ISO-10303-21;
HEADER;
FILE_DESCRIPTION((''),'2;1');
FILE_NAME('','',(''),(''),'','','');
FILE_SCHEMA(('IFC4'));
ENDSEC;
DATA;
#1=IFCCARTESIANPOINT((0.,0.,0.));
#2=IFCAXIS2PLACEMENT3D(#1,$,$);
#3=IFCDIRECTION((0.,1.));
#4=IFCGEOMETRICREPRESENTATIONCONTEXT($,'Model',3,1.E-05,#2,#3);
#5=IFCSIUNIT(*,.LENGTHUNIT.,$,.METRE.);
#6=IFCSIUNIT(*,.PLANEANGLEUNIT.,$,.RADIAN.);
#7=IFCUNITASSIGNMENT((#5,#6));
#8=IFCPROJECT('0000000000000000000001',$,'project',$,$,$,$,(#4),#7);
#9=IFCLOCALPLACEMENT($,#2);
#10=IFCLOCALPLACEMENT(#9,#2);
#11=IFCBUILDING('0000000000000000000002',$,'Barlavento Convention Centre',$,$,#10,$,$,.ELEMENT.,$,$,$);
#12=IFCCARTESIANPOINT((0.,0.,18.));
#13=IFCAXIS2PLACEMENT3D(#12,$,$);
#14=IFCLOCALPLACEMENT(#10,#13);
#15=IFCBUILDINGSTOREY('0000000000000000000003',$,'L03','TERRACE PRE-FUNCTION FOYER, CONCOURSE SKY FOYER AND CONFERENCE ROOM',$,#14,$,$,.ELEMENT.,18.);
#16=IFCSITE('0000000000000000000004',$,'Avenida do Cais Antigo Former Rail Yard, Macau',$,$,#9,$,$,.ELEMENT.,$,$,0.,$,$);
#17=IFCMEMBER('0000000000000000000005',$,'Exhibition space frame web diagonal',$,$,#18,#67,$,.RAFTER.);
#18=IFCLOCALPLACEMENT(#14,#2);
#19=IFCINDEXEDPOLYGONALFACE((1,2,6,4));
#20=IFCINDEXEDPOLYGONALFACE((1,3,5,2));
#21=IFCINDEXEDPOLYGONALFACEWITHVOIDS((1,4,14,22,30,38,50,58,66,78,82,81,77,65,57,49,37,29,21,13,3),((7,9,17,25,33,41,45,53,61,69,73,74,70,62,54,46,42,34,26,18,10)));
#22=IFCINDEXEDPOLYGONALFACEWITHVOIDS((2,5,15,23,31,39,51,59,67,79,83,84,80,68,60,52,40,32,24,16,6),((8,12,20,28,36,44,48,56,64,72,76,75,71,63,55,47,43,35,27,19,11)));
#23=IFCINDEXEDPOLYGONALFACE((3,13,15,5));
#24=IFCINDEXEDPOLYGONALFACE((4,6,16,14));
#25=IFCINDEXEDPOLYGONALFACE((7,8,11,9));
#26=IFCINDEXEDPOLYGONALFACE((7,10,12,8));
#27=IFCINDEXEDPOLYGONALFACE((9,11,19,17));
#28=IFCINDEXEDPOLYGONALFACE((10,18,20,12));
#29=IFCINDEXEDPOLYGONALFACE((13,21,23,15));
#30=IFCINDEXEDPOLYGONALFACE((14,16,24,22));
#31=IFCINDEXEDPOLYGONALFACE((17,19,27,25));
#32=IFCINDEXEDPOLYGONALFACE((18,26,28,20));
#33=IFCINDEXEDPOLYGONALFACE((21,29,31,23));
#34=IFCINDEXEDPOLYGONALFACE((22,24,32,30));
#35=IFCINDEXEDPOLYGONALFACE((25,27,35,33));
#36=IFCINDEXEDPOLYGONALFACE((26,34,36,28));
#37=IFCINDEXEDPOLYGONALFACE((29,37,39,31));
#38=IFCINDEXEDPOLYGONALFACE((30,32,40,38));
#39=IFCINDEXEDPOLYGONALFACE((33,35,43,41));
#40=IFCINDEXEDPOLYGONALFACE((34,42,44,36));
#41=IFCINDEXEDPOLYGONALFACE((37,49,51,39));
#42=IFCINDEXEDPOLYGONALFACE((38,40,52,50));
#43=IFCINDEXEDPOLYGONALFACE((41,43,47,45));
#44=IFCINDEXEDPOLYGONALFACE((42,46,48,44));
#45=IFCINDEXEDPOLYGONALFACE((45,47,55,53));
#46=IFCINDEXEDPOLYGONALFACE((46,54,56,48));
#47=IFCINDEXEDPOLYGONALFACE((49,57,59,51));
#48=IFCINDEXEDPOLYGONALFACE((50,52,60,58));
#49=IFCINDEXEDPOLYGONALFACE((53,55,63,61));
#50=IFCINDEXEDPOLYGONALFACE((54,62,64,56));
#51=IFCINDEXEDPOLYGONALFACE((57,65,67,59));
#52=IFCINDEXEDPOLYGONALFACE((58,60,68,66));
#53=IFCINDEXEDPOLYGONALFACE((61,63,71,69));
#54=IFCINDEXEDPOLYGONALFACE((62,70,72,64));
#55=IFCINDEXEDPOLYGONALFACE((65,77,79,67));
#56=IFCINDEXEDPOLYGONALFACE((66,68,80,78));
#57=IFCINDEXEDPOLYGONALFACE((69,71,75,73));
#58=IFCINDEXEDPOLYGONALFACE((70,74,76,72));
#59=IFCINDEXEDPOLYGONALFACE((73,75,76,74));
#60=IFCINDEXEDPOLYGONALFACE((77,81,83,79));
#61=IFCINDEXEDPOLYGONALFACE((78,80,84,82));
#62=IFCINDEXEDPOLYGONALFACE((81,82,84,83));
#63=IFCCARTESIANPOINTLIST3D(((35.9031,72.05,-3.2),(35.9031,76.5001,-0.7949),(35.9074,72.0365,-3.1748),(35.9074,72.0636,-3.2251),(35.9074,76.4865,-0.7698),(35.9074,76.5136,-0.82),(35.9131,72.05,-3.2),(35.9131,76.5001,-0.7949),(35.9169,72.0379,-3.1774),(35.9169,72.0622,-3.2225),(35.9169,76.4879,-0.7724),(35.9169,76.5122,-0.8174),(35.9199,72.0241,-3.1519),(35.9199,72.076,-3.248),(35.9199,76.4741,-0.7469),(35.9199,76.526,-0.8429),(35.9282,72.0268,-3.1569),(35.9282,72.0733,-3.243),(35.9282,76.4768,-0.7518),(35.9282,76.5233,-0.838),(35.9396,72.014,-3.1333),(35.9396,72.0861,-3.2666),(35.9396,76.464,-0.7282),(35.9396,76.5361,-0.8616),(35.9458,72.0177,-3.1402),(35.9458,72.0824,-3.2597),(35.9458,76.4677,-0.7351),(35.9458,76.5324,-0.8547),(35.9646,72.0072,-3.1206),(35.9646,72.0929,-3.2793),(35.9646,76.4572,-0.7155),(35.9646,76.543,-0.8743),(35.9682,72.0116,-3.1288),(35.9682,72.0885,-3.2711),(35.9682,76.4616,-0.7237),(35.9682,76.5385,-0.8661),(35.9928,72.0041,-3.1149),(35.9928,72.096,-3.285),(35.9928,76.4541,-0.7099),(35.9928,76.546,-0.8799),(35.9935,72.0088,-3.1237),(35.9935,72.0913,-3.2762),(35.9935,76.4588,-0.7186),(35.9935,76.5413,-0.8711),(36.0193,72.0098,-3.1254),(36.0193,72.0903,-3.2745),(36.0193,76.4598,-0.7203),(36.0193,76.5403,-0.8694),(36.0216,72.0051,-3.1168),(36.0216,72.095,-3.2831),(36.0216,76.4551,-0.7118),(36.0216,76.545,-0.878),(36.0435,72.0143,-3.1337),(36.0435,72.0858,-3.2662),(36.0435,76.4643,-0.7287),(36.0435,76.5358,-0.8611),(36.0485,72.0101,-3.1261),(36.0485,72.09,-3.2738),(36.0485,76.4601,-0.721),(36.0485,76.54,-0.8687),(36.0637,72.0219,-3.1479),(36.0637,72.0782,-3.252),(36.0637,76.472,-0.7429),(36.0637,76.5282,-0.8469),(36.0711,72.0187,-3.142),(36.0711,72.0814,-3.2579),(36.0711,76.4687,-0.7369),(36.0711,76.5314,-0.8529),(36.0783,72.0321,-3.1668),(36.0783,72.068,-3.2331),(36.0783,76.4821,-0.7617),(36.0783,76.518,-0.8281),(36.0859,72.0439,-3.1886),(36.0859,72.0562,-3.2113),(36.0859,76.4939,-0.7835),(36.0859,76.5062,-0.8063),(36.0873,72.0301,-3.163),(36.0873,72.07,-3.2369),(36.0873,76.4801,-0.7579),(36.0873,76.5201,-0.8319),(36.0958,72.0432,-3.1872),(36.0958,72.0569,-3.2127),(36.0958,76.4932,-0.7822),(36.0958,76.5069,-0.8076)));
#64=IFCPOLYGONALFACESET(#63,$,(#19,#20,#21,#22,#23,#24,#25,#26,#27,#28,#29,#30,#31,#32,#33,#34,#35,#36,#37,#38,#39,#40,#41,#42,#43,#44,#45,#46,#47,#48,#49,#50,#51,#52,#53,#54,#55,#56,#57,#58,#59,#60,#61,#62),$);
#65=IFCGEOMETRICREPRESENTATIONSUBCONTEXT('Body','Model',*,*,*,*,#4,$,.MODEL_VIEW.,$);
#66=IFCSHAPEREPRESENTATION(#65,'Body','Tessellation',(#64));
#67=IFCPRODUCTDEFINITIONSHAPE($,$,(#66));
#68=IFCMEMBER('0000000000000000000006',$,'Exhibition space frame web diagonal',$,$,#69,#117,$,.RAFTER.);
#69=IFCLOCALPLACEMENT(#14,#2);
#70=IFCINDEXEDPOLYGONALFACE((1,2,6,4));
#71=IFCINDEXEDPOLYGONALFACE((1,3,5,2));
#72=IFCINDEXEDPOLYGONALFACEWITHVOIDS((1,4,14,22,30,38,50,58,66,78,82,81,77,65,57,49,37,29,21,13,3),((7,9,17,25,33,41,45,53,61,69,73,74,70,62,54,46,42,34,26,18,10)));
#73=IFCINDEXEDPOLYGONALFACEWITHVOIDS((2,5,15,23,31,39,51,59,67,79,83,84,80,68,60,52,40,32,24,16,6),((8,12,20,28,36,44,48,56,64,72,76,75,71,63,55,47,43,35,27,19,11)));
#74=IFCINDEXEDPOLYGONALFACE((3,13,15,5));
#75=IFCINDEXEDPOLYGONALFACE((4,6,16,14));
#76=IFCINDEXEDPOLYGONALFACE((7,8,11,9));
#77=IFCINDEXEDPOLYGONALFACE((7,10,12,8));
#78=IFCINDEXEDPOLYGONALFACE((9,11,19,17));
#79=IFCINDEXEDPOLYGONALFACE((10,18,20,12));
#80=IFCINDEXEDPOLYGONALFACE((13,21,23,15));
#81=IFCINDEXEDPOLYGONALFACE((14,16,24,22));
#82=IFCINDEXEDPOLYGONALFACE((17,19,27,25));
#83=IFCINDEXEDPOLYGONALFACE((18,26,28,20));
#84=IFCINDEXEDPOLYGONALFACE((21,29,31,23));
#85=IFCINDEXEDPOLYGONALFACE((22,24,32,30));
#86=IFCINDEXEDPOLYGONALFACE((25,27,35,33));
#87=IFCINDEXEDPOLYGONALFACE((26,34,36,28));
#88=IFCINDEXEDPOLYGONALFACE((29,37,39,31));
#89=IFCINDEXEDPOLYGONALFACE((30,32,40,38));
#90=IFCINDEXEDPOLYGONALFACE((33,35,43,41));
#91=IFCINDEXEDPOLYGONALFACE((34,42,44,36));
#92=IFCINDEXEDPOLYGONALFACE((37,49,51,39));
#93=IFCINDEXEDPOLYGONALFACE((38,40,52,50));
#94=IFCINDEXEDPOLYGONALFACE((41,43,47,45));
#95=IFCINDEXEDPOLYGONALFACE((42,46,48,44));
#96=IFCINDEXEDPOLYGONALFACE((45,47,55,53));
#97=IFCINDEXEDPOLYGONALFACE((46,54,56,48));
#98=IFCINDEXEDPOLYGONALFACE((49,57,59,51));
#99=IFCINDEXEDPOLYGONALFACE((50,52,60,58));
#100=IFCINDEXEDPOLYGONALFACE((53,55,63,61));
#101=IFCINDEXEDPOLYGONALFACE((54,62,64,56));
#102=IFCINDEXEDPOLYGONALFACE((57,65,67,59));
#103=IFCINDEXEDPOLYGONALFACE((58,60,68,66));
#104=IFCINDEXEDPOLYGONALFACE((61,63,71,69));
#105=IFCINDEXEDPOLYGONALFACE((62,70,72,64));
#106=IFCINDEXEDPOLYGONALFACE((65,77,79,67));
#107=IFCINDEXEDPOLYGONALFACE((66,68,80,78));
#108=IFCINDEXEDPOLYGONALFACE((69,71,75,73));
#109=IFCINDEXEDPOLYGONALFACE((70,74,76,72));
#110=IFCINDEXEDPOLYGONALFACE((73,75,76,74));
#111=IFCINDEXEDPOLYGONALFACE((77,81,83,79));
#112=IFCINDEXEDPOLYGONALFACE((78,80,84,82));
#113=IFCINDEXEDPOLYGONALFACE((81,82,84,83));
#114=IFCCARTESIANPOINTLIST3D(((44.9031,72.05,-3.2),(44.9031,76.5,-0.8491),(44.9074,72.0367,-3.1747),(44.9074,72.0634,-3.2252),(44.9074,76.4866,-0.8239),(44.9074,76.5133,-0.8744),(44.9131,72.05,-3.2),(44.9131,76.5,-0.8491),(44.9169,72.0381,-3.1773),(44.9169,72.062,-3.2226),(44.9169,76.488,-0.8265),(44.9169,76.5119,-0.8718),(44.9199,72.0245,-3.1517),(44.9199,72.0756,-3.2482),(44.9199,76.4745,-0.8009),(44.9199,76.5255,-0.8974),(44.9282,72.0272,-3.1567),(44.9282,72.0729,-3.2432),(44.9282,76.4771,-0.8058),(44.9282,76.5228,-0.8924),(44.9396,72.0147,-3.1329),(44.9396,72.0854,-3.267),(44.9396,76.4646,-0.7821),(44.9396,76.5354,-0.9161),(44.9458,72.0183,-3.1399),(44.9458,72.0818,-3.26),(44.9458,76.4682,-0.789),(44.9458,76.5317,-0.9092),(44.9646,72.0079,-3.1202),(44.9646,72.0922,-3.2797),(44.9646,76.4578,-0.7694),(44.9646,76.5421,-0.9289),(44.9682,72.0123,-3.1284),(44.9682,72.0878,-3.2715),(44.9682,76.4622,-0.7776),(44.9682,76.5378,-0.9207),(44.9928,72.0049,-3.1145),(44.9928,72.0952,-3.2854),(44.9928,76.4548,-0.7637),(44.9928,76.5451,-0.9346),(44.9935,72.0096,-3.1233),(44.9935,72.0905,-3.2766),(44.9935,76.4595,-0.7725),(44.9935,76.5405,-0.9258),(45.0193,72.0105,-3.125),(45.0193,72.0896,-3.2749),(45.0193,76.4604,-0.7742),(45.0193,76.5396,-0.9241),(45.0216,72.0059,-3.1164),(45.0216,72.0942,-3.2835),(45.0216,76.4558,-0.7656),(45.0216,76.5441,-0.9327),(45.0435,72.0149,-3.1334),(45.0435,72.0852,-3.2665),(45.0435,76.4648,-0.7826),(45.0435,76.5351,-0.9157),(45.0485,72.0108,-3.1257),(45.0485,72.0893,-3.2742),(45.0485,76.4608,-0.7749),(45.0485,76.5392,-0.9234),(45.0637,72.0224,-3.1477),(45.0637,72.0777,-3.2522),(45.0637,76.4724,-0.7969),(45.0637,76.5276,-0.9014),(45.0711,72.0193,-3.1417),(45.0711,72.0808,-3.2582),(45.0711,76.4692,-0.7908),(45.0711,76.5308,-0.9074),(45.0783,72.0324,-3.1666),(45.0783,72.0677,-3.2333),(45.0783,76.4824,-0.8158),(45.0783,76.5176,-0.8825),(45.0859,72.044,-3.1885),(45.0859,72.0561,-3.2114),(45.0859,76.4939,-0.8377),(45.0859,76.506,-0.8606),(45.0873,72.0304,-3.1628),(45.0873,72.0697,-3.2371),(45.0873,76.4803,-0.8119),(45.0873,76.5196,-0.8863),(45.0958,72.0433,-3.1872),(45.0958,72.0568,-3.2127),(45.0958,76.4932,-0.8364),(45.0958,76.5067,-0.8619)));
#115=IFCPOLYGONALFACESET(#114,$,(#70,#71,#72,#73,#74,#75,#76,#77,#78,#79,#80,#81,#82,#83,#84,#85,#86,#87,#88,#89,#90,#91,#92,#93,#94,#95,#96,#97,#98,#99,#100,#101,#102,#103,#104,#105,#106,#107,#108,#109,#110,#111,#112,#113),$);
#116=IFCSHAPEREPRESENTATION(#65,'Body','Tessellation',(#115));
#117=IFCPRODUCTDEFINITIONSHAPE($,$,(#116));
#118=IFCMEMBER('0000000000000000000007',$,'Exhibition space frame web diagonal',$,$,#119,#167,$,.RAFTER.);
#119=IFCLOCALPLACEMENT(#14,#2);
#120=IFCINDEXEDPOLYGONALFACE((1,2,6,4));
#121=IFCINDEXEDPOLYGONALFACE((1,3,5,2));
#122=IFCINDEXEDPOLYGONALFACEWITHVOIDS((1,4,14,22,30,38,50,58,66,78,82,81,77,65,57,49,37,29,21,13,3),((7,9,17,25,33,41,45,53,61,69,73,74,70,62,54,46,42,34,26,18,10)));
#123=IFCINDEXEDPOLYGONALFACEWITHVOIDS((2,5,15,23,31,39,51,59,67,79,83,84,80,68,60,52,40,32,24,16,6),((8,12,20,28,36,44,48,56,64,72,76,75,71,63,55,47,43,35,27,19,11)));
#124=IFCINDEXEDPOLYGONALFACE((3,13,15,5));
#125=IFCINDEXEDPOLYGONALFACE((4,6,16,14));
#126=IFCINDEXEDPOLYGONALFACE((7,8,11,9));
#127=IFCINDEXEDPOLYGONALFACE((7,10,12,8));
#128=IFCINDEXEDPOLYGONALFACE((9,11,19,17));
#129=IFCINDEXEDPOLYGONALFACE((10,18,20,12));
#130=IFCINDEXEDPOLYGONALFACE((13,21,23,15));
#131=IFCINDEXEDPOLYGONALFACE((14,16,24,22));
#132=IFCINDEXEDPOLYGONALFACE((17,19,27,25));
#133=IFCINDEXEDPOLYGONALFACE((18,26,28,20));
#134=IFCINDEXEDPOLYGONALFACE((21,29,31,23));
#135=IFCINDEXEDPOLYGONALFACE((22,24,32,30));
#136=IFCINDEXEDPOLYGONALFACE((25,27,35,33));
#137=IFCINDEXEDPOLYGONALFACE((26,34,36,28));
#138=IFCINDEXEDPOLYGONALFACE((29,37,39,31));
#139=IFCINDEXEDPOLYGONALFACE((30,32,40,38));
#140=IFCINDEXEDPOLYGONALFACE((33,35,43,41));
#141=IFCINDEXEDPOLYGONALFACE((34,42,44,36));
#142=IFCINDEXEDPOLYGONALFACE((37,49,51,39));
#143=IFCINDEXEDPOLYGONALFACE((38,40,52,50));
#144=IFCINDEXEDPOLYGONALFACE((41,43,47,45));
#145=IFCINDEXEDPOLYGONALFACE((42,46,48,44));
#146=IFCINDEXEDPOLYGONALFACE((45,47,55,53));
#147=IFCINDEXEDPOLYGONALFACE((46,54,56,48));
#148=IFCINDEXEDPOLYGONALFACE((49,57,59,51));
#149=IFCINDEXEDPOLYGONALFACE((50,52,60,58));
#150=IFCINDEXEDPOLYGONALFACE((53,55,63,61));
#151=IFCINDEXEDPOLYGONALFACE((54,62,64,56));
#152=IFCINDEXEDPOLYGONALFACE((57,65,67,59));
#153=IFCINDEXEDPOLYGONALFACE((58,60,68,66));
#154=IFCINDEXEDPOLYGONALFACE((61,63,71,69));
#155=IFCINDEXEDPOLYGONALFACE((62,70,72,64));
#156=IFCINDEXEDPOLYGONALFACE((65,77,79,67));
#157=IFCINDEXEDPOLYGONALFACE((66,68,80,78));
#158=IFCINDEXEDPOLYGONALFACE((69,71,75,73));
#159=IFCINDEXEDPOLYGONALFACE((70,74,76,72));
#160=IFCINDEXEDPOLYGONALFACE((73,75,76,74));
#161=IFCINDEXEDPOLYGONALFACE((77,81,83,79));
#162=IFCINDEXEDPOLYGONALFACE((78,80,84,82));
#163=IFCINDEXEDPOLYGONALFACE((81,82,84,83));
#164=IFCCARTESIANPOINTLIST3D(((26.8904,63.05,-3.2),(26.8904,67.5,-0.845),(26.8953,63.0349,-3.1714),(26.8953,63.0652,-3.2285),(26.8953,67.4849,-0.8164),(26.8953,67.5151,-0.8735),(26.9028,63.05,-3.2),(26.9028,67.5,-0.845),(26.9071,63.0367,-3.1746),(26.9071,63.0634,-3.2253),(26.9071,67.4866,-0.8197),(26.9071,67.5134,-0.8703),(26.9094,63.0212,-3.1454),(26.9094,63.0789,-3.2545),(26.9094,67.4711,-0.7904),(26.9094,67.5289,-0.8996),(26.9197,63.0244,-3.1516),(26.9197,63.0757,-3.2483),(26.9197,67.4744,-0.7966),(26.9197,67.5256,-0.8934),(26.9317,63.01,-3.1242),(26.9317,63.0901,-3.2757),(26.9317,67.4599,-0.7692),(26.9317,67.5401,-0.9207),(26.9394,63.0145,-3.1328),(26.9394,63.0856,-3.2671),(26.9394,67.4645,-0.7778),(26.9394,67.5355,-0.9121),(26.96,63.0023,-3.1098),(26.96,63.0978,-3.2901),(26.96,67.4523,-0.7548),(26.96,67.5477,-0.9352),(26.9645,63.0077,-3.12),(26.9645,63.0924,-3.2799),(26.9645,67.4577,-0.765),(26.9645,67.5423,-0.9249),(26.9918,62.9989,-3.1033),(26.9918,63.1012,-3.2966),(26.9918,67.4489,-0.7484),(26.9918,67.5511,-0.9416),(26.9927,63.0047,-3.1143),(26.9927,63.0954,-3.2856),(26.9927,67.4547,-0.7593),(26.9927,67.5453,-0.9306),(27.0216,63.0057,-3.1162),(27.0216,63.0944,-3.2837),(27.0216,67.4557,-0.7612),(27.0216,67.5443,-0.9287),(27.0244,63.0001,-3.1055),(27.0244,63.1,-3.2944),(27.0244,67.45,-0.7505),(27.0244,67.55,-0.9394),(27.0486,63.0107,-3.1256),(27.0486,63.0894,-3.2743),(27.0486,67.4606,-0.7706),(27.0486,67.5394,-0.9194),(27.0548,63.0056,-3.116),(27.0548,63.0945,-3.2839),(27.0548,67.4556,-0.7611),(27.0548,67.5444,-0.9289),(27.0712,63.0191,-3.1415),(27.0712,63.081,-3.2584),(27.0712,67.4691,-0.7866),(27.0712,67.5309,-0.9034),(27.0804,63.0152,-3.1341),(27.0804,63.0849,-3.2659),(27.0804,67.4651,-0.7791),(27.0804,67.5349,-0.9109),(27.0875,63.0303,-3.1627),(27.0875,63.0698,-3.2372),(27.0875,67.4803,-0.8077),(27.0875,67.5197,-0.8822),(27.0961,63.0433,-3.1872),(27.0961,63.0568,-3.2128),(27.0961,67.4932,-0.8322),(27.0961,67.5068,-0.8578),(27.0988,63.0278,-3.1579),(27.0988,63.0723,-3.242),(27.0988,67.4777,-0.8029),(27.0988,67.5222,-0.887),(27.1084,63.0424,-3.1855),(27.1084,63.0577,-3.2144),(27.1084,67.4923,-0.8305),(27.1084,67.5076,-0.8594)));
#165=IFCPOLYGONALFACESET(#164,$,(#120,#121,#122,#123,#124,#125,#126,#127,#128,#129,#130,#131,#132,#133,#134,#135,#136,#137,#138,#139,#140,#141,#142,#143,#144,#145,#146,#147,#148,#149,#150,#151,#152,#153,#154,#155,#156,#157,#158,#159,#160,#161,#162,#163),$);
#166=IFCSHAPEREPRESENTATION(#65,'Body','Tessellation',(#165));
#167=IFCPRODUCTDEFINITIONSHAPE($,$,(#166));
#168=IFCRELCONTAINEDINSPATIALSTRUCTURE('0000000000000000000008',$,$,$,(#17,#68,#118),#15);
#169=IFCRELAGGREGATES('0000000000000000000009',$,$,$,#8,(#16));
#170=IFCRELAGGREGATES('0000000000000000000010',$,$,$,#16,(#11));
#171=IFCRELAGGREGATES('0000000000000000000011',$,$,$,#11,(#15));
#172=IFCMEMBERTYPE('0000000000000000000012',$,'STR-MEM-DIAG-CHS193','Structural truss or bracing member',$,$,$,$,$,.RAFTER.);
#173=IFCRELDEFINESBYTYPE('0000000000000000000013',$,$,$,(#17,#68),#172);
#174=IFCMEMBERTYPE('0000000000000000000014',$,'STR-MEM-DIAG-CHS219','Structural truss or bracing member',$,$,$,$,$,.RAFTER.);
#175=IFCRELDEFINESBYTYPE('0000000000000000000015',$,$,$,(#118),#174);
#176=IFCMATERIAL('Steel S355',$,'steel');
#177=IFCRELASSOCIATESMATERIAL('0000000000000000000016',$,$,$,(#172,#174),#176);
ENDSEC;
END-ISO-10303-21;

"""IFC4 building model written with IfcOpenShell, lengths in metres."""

from ifc_helpers import new_model, si_unit, direction, frame, origin, origin_2d, place, context, subcontext, project, spatial, hollow_circle, extrude, material, material_profile, profile_set, type_object, element, save


model = new_model("IFC4")

# Units and contexts
model_context = context("Model", 3, precision=1e-05, world=origin(), true_north=direction((0.0, 1.0)))
body_context = subcontext(model_context, "Body", "Model", "MODEL_VIEW")
ifc_project = project(units=[si_unit("LENGTHUNIT", "METRE"), si_unit("PLANEANGLEUNIT", "RADIAN")], contexts=[model_context])

# Site, building, storey
site_placement = place(None, origin())
site = spatial("IfcSite", under=ifc_project, at=site_placement, Name="Avenida do Cais Antigo Former Rail Yard, Macau", CompositionType="ELEMENT", RefElevation=0.0)
building_placement = place(site_placement, origin())
building = spatial("IfcBuilding", under=site, at=building_placement, Name="Barlavento Convention Centre", CompositionType="ELEMENT")
storey_placement = place(building_placement, frame((0.0, 0.0, 18.0)))
storey = spatial("IfcBuildingStorey", under=building, at=storey_placement, Name="L03", Description="TERRACE PRE-FUNCTION FOYER, CONCOURSE SKY FOYER AND CONFERENCE ROOM", CompositionType="ELEMENT", Elevation=18.0)

# Members
ifc_material_1 = material(Name="Steel S355", Category="steel")
ifc_material_profile_1 = material_profile(ifc_material_1, hollow_circle(Radius=0.0969, WallThickness=0.01, at=origin_2d()), Name="CHS 193.7x10.0")
ifc_profile_set_1 = profile_set([ifc_material_profile_1], Name="Steel S355")
member_type_1 = type_object("IfcMemberType", Name="STR-MEM-DIAG-CHS193", Description="Structural truss or bracing member", PredefinedType="RAFTER", material=ifc_profile_set_1)
member_1_placement = place(storey_placement, frame((36.0, 72.05, -3.2), z_axis=(0.0, 0.879735, 0.475464), x_axis=(-1.0, 0.0, 0.0)))
element("IfcMember", 1, at=member_1_placement, inside=storey, type_object=member_type_1, Name="Exhibition space frame web diagonal", PredefinedType="RAFTER", context=body_context, shape_type="SweptSolid", body=[
    extrude(hollow_circle(Radius=0.0969, WallThickness=0.01, at=origin_2d()), origin(), (0.0, 0.0, 1.0), 5.0583),
])
member_2_placement = place(storey_placement, frame((45.0, 72.05, -3.2), z_axis=(0.0, 0.884201, 0.467107), x_axis=(-1.0, 0.0, 0.0)))
element("IfcMember", 2, at=member_2_placement, inside=storey, type_object=member_type_1, Name="Exhibition space frame web diagonal", PredefinedType="RAFTER", context=body_context, shape_type="SweptSolid", body=[
    extrude(hollow_circle(Radius=0.0969, WallThickness=0.01, at=origin_2d()), origin(), (0.0, 0.0, 1.0), 5.0327),
])
ifc_material_profile_2 = material_profile(ifc_material_1, hollow_circle(Radius=0.1096, WallThickness=0.0125, at=origin_2d()), Name="CHS 219.1x12.5")
ifc_profile_set_2 = profile_set([ifc_material_profile_2], Name="Steel S355")
member_type_2 = type_object("IfcMemberType", Name="STR-MEM-DIAG-CHS219", Description="Structural truss or bracing member", PredefinedType="RAFTER", material=ifc_profile_set_2)
member_3_placement = place(storey_placement, frame((27.0, 63.05, -3.2), z_axis=(0.0, 0.88386, 0.467752), x_axis=(-1.0, 0.0, 0.0)))
element("IfcMember", 3, at=member_3_placement, inside=storey, type_object=member_type_2, Name="Exhibition space frame web diagonal", PredefinedType="RAFTER", context=body_context, shape_type="SweptSolid", body=[
    extrude(hollow_circle(Radius=0.1096, WallThickness=0.0125, at=origin_2d()), origin(), (0.0, 0.0, 1.0), 5.0347),
])

save(model, "model.ifc")
